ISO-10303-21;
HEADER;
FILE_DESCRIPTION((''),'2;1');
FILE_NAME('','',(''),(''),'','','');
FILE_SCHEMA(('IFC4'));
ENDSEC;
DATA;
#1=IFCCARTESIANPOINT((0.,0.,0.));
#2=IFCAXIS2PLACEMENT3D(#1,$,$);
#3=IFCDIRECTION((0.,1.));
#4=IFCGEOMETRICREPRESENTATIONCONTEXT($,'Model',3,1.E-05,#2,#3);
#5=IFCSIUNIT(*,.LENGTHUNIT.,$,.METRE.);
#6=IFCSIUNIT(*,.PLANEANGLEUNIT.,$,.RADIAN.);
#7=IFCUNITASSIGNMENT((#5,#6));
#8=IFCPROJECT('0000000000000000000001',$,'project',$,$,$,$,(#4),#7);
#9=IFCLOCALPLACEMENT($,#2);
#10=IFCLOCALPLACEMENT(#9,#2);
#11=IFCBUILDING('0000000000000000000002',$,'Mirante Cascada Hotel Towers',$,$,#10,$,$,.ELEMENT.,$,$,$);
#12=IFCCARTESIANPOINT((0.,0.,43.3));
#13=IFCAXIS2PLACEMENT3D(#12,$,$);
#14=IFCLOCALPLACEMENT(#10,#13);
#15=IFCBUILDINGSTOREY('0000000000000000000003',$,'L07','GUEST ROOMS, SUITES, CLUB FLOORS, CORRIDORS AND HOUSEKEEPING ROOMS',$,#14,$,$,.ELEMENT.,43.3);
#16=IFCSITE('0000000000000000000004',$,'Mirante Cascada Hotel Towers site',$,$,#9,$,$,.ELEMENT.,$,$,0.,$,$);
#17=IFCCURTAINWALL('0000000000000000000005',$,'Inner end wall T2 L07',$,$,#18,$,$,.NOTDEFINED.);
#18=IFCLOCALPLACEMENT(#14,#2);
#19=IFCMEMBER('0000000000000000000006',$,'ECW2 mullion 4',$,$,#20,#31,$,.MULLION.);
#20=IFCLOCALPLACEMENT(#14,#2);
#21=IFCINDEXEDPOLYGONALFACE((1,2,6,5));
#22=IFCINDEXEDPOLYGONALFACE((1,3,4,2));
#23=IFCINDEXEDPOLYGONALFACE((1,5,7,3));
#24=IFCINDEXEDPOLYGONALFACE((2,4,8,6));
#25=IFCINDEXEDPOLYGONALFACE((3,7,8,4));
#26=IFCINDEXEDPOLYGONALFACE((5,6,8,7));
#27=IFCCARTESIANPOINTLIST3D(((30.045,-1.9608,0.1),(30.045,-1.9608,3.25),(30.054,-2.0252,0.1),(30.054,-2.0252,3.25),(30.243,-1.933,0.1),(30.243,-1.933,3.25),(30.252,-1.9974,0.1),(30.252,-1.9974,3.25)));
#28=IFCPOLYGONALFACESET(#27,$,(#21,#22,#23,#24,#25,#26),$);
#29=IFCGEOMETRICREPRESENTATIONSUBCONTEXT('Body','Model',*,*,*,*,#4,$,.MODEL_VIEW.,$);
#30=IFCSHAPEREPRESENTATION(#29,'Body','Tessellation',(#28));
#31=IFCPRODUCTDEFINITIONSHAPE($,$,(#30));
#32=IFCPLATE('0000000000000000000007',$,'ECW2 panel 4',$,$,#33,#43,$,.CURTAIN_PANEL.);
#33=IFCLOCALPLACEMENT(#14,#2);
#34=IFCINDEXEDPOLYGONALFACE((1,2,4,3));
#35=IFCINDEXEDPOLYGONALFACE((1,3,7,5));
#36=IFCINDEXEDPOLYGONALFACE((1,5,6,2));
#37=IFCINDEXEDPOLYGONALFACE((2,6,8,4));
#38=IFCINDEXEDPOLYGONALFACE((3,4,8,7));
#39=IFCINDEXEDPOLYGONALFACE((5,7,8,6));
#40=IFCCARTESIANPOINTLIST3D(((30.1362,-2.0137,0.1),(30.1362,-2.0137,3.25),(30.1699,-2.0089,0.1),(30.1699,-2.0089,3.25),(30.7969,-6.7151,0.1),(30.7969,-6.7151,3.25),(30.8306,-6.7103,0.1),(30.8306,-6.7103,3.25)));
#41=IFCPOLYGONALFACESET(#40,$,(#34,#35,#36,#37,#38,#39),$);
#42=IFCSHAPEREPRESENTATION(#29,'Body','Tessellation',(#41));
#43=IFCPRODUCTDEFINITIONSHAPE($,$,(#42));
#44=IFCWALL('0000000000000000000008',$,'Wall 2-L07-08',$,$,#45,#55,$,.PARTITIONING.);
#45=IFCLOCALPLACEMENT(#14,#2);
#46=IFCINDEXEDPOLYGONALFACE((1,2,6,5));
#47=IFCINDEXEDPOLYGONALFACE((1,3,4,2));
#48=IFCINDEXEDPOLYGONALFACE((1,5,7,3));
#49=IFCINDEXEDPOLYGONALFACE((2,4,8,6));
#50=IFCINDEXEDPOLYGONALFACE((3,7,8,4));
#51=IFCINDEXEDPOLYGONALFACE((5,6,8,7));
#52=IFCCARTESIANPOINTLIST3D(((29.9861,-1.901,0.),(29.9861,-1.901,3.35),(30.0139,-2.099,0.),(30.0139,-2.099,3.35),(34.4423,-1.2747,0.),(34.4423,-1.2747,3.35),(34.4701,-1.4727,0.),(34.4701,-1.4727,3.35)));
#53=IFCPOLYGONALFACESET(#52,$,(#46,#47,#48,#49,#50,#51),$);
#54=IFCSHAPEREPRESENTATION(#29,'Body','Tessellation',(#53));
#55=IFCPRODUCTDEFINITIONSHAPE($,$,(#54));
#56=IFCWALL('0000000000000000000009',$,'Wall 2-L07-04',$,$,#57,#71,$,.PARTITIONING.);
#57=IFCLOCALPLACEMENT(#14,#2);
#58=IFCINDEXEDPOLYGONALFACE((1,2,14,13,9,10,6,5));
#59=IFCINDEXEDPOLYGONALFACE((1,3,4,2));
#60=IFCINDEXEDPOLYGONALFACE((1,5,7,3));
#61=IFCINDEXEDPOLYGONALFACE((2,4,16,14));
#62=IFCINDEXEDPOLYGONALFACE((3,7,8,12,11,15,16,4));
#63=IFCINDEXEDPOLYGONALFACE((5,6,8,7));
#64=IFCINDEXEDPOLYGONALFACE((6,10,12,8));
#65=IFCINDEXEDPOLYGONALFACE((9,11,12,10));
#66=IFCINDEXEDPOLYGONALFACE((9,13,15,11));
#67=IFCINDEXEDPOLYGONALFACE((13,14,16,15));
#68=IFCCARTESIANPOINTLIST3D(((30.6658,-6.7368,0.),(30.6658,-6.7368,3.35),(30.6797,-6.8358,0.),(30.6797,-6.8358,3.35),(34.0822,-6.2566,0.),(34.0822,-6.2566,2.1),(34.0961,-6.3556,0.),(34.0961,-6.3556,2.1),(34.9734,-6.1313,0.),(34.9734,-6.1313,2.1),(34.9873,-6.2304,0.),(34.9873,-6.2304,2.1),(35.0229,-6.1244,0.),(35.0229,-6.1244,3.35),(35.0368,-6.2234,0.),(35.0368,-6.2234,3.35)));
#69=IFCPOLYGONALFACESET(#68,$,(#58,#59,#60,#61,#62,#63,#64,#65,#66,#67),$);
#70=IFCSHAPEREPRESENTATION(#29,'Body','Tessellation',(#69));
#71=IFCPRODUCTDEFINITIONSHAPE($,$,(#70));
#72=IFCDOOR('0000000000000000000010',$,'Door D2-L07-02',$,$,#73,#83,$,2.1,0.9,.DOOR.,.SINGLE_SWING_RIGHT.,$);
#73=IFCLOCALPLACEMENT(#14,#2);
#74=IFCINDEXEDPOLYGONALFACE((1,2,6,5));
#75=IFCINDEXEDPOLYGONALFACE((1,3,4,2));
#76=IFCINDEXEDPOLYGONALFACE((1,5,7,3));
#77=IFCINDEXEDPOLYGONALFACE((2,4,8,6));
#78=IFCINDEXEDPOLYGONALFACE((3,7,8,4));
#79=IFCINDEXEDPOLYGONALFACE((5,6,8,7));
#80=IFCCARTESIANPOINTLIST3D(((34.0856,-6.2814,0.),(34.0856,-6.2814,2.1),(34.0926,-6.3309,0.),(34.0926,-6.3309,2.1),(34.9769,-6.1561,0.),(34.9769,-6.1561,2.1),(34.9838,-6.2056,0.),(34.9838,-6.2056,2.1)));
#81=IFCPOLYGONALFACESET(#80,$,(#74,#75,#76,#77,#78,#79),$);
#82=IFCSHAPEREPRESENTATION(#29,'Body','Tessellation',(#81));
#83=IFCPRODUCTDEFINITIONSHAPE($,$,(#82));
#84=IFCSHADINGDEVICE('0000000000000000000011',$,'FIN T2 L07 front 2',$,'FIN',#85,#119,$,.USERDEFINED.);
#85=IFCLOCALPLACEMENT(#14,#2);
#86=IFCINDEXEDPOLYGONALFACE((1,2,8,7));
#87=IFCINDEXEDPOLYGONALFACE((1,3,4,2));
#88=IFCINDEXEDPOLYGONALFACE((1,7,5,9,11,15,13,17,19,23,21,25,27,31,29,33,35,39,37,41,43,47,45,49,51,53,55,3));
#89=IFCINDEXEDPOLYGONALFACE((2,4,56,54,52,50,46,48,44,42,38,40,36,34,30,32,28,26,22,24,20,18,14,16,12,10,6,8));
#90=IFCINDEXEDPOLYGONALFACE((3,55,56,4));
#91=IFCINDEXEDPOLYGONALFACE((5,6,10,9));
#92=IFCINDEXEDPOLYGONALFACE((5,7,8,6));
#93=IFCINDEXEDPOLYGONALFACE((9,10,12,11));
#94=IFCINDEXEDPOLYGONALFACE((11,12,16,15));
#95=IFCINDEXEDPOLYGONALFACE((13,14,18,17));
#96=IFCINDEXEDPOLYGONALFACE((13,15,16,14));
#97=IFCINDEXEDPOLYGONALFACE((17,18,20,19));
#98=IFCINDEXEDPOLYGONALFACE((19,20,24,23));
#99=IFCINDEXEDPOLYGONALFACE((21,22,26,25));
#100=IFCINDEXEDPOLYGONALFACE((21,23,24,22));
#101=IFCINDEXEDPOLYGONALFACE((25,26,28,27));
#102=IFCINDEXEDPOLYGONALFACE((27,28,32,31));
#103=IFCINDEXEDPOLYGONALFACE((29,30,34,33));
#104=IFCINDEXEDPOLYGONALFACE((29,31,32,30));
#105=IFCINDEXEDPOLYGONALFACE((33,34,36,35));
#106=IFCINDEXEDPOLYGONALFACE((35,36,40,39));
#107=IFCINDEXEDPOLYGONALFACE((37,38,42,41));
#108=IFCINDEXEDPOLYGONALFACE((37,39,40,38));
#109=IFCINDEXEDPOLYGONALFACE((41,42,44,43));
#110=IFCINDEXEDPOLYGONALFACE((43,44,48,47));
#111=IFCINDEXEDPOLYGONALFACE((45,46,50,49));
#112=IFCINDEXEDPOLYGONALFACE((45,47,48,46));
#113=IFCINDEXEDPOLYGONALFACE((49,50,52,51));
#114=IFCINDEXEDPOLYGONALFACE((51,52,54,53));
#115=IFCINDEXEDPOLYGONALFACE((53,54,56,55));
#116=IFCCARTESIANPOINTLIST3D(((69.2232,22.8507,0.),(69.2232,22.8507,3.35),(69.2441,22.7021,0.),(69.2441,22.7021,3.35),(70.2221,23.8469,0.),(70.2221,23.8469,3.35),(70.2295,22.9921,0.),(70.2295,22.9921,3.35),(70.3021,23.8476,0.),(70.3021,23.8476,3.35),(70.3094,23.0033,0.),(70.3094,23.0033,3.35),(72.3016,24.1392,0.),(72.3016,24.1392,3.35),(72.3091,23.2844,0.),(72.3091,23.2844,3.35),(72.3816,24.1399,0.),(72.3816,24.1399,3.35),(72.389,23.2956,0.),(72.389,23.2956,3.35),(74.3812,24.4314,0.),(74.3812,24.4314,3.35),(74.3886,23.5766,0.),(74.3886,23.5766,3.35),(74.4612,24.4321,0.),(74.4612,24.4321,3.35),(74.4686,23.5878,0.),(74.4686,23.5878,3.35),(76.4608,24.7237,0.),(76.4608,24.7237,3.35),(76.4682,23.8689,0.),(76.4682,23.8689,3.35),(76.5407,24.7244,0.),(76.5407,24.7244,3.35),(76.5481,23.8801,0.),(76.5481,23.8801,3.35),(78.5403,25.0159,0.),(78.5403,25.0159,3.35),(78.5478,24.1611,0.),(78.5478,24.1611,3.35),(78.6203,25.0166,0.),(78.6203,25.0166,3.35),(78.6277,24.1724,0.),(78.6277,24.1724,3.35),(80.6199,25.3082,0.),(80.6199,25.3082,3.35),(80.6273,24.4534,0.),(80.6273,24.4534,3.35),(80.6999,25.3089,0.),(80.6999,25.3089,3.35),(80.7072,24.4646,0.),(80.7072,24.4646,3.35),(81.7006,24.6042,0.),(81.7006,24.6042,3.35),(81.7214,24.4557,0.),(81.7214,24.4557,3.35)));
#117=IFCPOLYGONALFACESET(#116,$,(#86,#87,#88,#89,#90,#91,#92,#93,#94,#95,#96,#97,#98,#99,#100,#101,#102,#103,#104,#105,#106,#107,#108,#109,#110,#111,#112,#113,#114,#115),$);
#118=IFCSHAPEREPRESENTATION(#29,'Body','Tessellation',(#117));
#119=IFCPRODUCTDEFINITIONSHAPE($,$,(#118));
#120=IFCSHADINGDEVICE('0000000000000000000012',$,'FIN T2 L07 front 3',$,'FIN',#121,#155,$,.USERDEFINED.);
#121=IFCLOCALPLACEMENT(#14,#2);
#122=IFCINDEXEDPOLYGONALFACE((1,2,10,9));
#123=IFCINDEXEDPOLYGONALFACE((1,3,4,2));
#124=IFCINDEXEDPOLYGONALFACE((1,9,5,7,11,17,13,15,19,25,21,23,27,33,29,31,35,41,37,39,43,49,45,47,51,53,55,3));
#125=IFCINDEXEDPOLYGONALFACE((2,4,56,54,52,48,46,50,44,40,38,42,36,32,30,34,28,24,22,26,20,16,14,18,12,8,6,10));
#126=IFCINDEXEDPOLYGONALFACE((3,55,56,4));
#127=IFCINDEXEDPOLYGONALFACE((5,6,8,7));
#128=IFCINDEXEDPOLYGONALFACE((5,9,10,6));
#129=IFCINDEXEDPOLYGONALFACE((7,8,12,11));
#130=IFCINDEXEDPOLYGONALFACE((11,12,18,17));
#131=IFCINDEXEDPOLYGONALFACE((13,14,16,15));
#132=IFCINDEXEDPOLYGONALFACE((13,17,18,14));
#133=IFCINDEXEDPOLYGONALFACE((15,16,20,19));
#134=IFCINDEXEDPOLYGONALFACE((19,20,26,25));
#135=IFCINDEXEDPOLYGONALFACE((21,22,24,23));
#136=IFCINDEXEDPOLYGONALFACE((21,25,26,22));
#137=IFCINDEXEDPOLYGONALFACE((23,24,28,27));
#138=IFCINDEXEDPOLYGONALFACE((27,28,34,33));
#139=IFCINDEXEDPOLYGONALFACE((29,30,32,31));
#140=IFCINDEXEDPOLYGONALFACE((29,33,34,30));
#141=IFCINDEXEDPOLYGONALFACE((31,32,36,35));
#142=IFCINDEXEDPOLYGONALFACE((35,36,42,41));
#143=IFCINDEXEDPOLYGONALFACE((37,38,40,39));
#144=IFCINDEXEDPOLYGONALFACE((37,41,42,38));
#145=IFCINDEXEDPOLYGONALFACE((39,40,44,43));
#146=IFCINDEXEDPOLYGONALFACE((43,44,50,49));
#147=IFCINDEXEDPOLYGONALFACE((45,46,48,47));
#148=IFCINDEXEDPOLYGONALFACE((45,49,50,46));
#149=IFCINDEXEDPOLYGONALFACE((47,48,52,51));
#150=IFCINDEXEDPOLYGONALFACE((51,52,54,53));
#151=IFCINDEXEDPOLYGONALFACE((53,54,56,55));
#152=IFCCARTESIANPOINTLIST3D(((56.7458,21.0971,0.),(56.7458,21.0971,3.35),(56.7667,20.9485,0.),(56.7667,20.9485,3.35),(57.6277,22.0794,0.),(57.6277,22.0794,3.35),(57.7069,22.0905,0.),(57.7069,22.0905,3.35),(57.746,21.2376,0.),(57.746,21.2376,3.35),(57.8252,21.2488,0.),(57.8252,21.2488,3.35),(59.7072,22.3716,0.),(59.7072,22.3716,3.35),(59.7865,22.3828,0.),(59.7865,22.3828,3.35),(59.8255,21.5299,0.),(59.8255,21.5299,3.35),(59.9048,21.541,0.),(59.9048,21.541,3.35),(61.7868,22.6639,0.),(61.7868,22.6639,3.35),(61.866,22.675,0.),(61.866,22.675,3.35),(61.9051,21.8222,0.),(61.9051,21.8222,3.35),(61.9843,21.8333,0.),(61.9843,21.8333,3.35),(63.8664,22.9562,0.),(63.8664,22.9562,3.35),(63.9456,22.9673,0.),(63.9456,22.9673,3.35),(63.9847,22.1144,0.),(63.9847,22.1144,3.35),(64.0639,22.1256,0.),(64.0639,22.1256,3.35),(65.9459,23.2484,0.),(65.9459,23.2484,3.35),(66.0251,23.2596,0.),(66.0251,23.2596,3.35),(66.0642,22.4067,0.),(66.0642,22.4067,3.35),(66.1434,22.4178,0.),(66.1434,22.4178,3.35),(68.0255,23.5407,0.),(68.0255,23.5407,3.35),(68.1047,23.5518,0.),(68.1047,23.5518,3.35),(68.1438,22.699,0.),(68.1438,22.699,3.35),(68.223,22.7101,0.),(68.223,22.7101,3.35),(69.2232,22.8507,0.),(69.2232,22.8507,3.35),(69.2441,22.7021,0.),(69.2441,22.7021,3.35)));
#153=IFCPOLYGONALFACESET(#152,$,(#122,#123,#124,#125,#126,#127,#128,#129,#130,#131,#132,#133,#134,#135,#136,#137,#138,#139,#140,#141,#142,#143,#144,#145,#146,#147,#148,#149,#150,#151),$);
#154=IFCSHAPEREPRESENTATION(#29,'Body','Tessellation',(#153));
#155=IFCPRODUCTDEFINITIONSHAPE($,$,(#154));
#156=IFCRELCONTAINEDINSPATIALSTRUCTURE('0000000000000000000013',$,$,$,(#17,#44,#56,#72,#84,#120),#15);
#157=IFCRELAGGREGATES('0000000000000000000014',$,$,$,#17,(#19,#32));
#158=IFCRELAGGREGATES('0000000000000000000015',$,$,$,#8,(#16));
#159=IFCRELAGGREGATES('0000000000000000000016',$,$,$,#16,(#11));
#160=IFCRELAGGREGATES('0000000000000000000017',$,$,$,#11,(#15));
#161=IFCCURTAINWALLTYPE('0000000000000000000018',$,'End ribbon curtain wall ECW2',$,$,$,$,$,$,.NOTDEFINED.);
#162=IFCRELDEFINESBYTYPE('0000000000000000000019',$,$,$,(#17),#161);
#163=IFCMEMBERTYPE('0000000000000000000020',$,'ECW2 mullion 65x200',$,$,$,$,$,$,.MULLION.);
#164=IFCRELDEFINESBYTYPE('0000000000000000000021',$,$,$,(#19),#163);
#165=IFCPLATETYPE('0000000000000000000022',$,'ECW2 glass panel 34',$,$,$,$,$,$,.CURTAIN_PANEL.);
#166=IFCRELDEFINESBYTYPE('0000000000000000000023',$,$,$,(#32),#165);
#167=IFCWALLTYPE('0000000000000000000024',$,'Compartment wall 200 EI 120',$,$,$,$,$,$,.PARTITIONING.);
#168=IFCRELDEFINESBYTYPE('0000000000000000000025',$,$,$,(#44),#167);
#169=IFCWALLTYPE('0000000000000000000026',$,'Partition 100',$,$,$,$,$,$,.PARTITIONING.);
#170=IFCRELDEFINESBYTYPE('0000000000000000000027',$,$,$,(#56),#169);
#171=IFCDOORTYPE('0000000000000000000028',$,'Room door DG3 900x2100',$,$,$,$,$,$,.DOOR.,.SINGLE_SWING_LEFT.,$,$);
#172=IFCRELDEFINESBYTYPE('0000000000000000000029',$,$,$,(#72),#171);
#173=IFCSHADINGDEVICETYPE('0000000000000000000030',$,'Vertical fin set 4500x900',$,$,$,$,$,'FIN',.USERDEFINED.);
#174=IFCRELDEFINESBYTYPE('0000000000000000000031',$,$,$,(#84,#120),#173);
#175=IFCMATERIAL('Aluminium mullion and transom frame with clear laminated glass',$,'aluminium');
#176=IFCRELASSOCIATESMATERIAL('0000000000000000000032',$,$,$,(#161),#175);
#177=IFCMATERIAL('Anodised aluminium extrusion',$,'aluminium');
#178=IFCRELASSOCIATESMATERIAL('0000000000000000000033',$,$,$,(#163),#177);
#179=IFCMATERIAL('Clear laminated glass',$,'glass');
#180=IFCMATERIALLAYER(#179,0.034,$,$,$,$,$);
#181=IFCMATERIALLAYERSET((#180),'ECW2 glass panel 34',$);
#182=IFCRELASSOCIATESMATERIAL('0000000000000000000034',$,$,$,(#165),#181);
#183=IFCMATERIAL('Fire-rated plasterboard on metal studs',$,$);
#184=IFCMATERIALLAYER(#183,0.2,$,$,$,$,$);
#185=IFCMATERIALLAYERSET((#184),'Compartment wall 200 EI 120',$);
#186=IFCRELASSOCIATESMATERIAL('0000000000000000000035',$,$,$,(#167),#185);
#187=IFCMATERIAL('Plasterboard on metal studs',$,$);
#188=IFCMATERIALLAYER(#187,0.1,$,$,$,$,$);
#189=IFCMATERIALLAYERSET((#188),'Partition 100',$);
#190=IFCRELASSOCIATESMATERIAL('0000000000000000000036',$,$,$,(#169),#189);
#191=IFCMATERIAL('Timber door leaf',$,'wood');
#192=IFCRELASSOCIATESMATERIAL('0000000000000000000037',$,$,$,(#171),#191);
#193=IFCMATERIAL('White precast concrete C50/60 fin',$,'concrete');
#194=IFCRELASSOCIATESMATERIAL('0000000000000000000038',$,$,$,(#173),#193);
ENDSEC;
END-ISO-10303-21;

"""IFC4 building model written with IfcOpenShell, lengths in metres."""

from ifc_helpers import new_model, si_unit, direction, frame, frame_2d, origin, origin_2d, place, context, subcontext, project, spatial, polyline, rectangle, outline, extrude, material, layer, layer_set, material_profile, profile_set, type_object, element, fill, aggregate, save


model = new_model("IFC4")

# Units and contexts
model_context = context("Model", 3, precision=1e-05, world=origin(), true_north=direction((0.0, 1.0)))
body_context = subcontext(model_context, "Body", "Model", "MODEL_VIEW")
ifc_project = project(units=[si_unit("LENGTHUNIT", "METRE"), si_unit("PLANEANGLEUNIT", "RADIAN")], contexts=[model_context])

# Site, building, storey
site_placement = place(None, origin())
site = spatial("IfcSite", under=ifc_project, at=site_placement, Name="Mirante Cascada Hotel Towers site", CompositionType="ELEMENT", RefElevation=0.0)
building_placement = place(site_placement, origin())
building = spatial("IfcBuilding", under=site, at=building_placement, Name="Mirante Cascada Hotel Towers", CompositionType="ELEMENT")
storey_placement = place(building_placement, frame((0.0, 0.0, 43.3)))
storey = spatial("IfcBuildingStorey", under=building, at=storey_placement, Name="L07", Description="GUEST ROOMS, SUITES, CLUB FLOORS, CORRIDORS AND HOUSEKEEPING ROOMS", CompositionType="ELEMENT", Elevation=43.3)

# Curtain wall, member, plate
ifc_material_1 = material(Name="Aluminium mullion and transom frame with clear laminated glass", Category="aluminium")
curtain_wall_type = type_object("IfcCurtainWallType", Name="End ribbon curtain wall ECW2", PredefinedType="NOTDEFINED", material=ifc_material_1)
curtain_wall_placement = place(storey_placement, origin())
curtain_wall = element("IfcCurtainWall", 1, at=curtain_wall_placement, inside=storey, type_object=curtain_wall_type, Name="Inner end wall T2 L07", PredefinedType="NOTDEFINED")
ifc_material_2 = material(Name="Anodised aluminium extrusion", Category="aluminium")
ifc_material_profile = material_profile(ifc_material_2, rectangle(XDim=0.2, YDim=0.065, at=origin_2d()), Name="ECW2 MULLION 65x200")
ifc_profile_set = profile_set([ifc_material_profile], Name="Anodised aluminium extrusion")
member_type = type_object("IfcMemberType", Name="ECW2 mullion 65x200", PredefinedType="MULLION", material=ifc_profile_set)
member_placement = place(storey_placement, frame((30.1485, -1.9791, 0.1), z_axis=(0.0, 0.0, 1.0), x_axis=(0.990268, 0.139173, 0.0)))
member = element("IfcMember", 2, at=member_placement, type_object=member_type, Name="ECW2 mullion 4", PredefinedType="MULLION", context=body_context, shape_type="SweptSolid", body=[
    extrude(rectangle(XDim=0.2, YDim=0.065, at=origin_2d()), origin(), (0.0, 0.0, 1.0), 3.15),
])
ifc_material_3 = material(Name="Clear laminated glass", Category="glass")
ifc_layer_1 = layer(ifc_material_3, 0.034)
ifc_layer_set_1 = layer_set([ifc_layer_1], Name="ECW2 glass panel 34")
plate_type = type_object("IfcPlateType", Name="ECW2 glass panel 34", PredefinedType="CURTAIN_PANEL", material=ifc_layer_set_1)
plate_placement = place(storey_placement, frame((30.4834, -4.362, 0.1), z_axis=(0.0, 0.0, 1.0), x_axis=(0.139173, -0.990268, 0.0)))
plate = element("IfcPlate", 3, at=plate_placement, type_object=plate_type, Name="ECW2 panel 4", PredefinedType="CURTAIN_PANEL", context=body_context, shape_type="SweptSolid", body=[
    extrude(rectangle(XDim=4.7476, YDim=0.034, at=origin_2d()), origin(), (0.0, 0.0, 1.0), 3.15),
])
aggregate(curtain_wall, [member, plate])

# Wall
ifc_material_4 = material(Name="Fire-rated plasterboard on metal studs")
ifc_layer_2 = layer(ifc_material_4, 0.2)
ifc_layer_set_2 = layer_set([ifc_layer_2], Name="Compartment wall 200 EI 120")
wall_type_1 = type_object("IfcWallType", Name="Compartment wall 200 EI 120", PredefinedType="PARTITIONING", material=ifc_layer_set_2)
wall_1_placement = place(storey_placement, frame((30.0, -2.0, 0.0), z_axis=(0.0, 0.0, 1.0), x_axis=(0.990267, 0.139178, 0.0)))
element("IfcWall", 4, at=wall_1_placement, inside=storey, type_object=wall_type_1, Name="Wall 2-L07-08", PredefinedType="PARTITIONING", context=body_context, shape_type="SweptSolid", body=[
    extrude(rectangle(XDim=4.5, YDim=0.2, at=frame_2d((2.25, 0.0))), origin(), (0.0, 0.0, 1.0), 3.35),
])

# Wall, opening, door
ifc_material_5 = material(Name="Plasterboard on metal studs")
ifc_layer_3 = layer(ifc_material_5, 0.1)
ifc_layer_set_3 = layer_set([ifc_layer_3], Name="Partition 100")
wall_type_2 = type_object("IfcWallType", Name="Partition 100", PredefinedType="PARTITIONING", material=ifc_layer_set_3)
wall_2_placement = place(storey_placement, frame((30.6727, -6.7863, 0.0), z_axis=(0.0, 0.0, 1.0), x_axis=(0.990267, 0.139184, 0.0)))
wall_2 = element("IfcWall", 5, at=wall_2_placement, inside=storey, type_object=wall_type_2, Name="Wall 2-L07-04", PredefinedType="PARTITIONING", context=body_context, shape_type="SweptSolid", body=[
    extrude(rectangle(XDim=4.3999, YDim=0.1, at=frame_2d((2.2, 0.0))), origin(), (0.0, 0.0, 1.0), 3.35),
])
opening_placement = place(wall_2_placement, frame((3.45, 0.0, 0.0)))
opening = element("IfcOpeningElement", 6, at=opening_placement, cuts=wall_2, PredefinedType="OPENING", context=body_context, shape_type="SweptSolid", body=[
    extrude(rectangle(XDim=0.9, YDim=2.1, at=frame_2d((0.45, 1.05))), frame((0.0, 0.05, 0.0), z_axis=(0.0, -1.0, 0.0), x_axis=(1.0, 0.0, 0.0)), (0.0, 0.0, 1.0), 0.1),
])
ifc_material_6 = material(Name="Timber door leaf", Category="wood")
door_type = type_object("IfcDoorType", Name="Room door DG3 900x2100", OperationType="SINGLE_SWING_LEFT", PredefinedType="DOOR", material=ifc_material_6)
door_placement = place(opening_placement, frame((0.9, 0.0, 0.0), z_axis=(0.0, 0.0, 1.0), x_axis=(-1.0, 0.0, 0.0)))
door = element("IfcDoor", 7, at=door_placement, inside=storey, type_object=door_type, Name="Door D2-L07-02", OperationType="SINGLE_SWING_RIGHT", OverallHeight=2.1, OverallWidth=0.9, PredefinedType="DOOR", context=body_context, shape_type="SweptSolid", body=[
    extrude(rectangle(XDim=0.9, YDim=2.1, at=frame_2d((0.45, 1.05))), frame((0.0, 0.025, 0.0), z_axis=(0.0, -1.0, 0.0), x_axis=(1.0, 0.0, 0.0)), (0.0, 0.0, 1.0), 0.05),
])
fill(opening, door)

# Shading devices
ifc_material_7 = material(Name="White precast concrete C50/60 fin", Category="concrete")
shading_device_type = type_object("IfcShadingDeviceType", Name="Vertical fin set 4500x900", ElementType="FIN", PredefinedType="USERDEFINED", material=ifc_material_7)
shading_device_1_placement = place(storey_placement, origin())
element("IfcShadingDevice", 8, at=shading_device_1_placement, inside=storey, type_object=shading_device_type, Name="FIN T2 L07 front 2", ObjectType="FIN", PredefinedType="USERDEFINED", context=body_context, shape_type="SweptSolid", body=[
    extrude(outline(polyline([(70.3021, 23.8476), (70.3094, 23.0033), (72.3091, 23.2844), (72.3016, 24.1392), (72.3816, 24.1399), (72.389, 23.2956), (74.3886, 23.5766), (74.3812, 24.4314), (74.4612, 24.4321), (74.4686, 23.5878), (76.4682, 23.8689), (76.4608, 24.7237), (76.5407, 24.7244), (76.5481, 23.8801), (78.5478, 24.1611), (78.5403, 25.0159), (78.6203, 25.0166), (78.6277, 24.1724), (80.6273, 24.4534), (80.6199, 25.3082), (80.6999, 25.3089), (80.7072, 24.4646), (81.7006, 24.6042), (81.7214, 24.4557), (69.2441, 22.7021), (69.2232, 22.8507), (70.2295, 22.9921), (70.2221, 23.8469), (70.3021, 23.8476)])), origin(), (0.0, 0.0, 1.0), 3.35),
])
shading_device_2_placement = place(storey_placement, origin())
element("IfcShadingDevice", 9, at=shading_device_2_placement, inside=storey, type_object=shading_device_type, Name="FIN T2 L07 front 3", ObjectType="FIN", PredefinedType="USERDEFINED", context=body_context, shape_type="SweptSolid", body=[
    extrude(outline(polyline([(57.7069, 22.0905), (57.8252, 21.2488), (59.8255, 21.5299), (59.7072, 22.3716), (59.7865, 22.3828), (59.9048, 21.541), (61.9051, 21.8222), (61.7868, 22.6639), (61.866, 22.675), (61.9843, 21.8333), (63.9847, 22.1144), (63.8664, 22.9562), (63.9456, 22.9673), (64.0639, 22.1256), (66.0642, 22.4067), (65.9459, 23.2484), (66.0251, 23.2596), (66.1434, 22.4178), (68.1438, 22.699), (68.0255, 23.5407), (68.1047, 23.5518), (68.223, 22.7101), (69.2232, 22.8507), (69.2441, 22.7021), (56.7667, 20.9485), (56.7458, 21.0971), (57.746, 21.2376), (57.6277, 22.0794), (57.7069, 22.0905)])), origin(), (0.0, 0.0, 1.0), 3.35),
])

save(model, "model.ifc")
